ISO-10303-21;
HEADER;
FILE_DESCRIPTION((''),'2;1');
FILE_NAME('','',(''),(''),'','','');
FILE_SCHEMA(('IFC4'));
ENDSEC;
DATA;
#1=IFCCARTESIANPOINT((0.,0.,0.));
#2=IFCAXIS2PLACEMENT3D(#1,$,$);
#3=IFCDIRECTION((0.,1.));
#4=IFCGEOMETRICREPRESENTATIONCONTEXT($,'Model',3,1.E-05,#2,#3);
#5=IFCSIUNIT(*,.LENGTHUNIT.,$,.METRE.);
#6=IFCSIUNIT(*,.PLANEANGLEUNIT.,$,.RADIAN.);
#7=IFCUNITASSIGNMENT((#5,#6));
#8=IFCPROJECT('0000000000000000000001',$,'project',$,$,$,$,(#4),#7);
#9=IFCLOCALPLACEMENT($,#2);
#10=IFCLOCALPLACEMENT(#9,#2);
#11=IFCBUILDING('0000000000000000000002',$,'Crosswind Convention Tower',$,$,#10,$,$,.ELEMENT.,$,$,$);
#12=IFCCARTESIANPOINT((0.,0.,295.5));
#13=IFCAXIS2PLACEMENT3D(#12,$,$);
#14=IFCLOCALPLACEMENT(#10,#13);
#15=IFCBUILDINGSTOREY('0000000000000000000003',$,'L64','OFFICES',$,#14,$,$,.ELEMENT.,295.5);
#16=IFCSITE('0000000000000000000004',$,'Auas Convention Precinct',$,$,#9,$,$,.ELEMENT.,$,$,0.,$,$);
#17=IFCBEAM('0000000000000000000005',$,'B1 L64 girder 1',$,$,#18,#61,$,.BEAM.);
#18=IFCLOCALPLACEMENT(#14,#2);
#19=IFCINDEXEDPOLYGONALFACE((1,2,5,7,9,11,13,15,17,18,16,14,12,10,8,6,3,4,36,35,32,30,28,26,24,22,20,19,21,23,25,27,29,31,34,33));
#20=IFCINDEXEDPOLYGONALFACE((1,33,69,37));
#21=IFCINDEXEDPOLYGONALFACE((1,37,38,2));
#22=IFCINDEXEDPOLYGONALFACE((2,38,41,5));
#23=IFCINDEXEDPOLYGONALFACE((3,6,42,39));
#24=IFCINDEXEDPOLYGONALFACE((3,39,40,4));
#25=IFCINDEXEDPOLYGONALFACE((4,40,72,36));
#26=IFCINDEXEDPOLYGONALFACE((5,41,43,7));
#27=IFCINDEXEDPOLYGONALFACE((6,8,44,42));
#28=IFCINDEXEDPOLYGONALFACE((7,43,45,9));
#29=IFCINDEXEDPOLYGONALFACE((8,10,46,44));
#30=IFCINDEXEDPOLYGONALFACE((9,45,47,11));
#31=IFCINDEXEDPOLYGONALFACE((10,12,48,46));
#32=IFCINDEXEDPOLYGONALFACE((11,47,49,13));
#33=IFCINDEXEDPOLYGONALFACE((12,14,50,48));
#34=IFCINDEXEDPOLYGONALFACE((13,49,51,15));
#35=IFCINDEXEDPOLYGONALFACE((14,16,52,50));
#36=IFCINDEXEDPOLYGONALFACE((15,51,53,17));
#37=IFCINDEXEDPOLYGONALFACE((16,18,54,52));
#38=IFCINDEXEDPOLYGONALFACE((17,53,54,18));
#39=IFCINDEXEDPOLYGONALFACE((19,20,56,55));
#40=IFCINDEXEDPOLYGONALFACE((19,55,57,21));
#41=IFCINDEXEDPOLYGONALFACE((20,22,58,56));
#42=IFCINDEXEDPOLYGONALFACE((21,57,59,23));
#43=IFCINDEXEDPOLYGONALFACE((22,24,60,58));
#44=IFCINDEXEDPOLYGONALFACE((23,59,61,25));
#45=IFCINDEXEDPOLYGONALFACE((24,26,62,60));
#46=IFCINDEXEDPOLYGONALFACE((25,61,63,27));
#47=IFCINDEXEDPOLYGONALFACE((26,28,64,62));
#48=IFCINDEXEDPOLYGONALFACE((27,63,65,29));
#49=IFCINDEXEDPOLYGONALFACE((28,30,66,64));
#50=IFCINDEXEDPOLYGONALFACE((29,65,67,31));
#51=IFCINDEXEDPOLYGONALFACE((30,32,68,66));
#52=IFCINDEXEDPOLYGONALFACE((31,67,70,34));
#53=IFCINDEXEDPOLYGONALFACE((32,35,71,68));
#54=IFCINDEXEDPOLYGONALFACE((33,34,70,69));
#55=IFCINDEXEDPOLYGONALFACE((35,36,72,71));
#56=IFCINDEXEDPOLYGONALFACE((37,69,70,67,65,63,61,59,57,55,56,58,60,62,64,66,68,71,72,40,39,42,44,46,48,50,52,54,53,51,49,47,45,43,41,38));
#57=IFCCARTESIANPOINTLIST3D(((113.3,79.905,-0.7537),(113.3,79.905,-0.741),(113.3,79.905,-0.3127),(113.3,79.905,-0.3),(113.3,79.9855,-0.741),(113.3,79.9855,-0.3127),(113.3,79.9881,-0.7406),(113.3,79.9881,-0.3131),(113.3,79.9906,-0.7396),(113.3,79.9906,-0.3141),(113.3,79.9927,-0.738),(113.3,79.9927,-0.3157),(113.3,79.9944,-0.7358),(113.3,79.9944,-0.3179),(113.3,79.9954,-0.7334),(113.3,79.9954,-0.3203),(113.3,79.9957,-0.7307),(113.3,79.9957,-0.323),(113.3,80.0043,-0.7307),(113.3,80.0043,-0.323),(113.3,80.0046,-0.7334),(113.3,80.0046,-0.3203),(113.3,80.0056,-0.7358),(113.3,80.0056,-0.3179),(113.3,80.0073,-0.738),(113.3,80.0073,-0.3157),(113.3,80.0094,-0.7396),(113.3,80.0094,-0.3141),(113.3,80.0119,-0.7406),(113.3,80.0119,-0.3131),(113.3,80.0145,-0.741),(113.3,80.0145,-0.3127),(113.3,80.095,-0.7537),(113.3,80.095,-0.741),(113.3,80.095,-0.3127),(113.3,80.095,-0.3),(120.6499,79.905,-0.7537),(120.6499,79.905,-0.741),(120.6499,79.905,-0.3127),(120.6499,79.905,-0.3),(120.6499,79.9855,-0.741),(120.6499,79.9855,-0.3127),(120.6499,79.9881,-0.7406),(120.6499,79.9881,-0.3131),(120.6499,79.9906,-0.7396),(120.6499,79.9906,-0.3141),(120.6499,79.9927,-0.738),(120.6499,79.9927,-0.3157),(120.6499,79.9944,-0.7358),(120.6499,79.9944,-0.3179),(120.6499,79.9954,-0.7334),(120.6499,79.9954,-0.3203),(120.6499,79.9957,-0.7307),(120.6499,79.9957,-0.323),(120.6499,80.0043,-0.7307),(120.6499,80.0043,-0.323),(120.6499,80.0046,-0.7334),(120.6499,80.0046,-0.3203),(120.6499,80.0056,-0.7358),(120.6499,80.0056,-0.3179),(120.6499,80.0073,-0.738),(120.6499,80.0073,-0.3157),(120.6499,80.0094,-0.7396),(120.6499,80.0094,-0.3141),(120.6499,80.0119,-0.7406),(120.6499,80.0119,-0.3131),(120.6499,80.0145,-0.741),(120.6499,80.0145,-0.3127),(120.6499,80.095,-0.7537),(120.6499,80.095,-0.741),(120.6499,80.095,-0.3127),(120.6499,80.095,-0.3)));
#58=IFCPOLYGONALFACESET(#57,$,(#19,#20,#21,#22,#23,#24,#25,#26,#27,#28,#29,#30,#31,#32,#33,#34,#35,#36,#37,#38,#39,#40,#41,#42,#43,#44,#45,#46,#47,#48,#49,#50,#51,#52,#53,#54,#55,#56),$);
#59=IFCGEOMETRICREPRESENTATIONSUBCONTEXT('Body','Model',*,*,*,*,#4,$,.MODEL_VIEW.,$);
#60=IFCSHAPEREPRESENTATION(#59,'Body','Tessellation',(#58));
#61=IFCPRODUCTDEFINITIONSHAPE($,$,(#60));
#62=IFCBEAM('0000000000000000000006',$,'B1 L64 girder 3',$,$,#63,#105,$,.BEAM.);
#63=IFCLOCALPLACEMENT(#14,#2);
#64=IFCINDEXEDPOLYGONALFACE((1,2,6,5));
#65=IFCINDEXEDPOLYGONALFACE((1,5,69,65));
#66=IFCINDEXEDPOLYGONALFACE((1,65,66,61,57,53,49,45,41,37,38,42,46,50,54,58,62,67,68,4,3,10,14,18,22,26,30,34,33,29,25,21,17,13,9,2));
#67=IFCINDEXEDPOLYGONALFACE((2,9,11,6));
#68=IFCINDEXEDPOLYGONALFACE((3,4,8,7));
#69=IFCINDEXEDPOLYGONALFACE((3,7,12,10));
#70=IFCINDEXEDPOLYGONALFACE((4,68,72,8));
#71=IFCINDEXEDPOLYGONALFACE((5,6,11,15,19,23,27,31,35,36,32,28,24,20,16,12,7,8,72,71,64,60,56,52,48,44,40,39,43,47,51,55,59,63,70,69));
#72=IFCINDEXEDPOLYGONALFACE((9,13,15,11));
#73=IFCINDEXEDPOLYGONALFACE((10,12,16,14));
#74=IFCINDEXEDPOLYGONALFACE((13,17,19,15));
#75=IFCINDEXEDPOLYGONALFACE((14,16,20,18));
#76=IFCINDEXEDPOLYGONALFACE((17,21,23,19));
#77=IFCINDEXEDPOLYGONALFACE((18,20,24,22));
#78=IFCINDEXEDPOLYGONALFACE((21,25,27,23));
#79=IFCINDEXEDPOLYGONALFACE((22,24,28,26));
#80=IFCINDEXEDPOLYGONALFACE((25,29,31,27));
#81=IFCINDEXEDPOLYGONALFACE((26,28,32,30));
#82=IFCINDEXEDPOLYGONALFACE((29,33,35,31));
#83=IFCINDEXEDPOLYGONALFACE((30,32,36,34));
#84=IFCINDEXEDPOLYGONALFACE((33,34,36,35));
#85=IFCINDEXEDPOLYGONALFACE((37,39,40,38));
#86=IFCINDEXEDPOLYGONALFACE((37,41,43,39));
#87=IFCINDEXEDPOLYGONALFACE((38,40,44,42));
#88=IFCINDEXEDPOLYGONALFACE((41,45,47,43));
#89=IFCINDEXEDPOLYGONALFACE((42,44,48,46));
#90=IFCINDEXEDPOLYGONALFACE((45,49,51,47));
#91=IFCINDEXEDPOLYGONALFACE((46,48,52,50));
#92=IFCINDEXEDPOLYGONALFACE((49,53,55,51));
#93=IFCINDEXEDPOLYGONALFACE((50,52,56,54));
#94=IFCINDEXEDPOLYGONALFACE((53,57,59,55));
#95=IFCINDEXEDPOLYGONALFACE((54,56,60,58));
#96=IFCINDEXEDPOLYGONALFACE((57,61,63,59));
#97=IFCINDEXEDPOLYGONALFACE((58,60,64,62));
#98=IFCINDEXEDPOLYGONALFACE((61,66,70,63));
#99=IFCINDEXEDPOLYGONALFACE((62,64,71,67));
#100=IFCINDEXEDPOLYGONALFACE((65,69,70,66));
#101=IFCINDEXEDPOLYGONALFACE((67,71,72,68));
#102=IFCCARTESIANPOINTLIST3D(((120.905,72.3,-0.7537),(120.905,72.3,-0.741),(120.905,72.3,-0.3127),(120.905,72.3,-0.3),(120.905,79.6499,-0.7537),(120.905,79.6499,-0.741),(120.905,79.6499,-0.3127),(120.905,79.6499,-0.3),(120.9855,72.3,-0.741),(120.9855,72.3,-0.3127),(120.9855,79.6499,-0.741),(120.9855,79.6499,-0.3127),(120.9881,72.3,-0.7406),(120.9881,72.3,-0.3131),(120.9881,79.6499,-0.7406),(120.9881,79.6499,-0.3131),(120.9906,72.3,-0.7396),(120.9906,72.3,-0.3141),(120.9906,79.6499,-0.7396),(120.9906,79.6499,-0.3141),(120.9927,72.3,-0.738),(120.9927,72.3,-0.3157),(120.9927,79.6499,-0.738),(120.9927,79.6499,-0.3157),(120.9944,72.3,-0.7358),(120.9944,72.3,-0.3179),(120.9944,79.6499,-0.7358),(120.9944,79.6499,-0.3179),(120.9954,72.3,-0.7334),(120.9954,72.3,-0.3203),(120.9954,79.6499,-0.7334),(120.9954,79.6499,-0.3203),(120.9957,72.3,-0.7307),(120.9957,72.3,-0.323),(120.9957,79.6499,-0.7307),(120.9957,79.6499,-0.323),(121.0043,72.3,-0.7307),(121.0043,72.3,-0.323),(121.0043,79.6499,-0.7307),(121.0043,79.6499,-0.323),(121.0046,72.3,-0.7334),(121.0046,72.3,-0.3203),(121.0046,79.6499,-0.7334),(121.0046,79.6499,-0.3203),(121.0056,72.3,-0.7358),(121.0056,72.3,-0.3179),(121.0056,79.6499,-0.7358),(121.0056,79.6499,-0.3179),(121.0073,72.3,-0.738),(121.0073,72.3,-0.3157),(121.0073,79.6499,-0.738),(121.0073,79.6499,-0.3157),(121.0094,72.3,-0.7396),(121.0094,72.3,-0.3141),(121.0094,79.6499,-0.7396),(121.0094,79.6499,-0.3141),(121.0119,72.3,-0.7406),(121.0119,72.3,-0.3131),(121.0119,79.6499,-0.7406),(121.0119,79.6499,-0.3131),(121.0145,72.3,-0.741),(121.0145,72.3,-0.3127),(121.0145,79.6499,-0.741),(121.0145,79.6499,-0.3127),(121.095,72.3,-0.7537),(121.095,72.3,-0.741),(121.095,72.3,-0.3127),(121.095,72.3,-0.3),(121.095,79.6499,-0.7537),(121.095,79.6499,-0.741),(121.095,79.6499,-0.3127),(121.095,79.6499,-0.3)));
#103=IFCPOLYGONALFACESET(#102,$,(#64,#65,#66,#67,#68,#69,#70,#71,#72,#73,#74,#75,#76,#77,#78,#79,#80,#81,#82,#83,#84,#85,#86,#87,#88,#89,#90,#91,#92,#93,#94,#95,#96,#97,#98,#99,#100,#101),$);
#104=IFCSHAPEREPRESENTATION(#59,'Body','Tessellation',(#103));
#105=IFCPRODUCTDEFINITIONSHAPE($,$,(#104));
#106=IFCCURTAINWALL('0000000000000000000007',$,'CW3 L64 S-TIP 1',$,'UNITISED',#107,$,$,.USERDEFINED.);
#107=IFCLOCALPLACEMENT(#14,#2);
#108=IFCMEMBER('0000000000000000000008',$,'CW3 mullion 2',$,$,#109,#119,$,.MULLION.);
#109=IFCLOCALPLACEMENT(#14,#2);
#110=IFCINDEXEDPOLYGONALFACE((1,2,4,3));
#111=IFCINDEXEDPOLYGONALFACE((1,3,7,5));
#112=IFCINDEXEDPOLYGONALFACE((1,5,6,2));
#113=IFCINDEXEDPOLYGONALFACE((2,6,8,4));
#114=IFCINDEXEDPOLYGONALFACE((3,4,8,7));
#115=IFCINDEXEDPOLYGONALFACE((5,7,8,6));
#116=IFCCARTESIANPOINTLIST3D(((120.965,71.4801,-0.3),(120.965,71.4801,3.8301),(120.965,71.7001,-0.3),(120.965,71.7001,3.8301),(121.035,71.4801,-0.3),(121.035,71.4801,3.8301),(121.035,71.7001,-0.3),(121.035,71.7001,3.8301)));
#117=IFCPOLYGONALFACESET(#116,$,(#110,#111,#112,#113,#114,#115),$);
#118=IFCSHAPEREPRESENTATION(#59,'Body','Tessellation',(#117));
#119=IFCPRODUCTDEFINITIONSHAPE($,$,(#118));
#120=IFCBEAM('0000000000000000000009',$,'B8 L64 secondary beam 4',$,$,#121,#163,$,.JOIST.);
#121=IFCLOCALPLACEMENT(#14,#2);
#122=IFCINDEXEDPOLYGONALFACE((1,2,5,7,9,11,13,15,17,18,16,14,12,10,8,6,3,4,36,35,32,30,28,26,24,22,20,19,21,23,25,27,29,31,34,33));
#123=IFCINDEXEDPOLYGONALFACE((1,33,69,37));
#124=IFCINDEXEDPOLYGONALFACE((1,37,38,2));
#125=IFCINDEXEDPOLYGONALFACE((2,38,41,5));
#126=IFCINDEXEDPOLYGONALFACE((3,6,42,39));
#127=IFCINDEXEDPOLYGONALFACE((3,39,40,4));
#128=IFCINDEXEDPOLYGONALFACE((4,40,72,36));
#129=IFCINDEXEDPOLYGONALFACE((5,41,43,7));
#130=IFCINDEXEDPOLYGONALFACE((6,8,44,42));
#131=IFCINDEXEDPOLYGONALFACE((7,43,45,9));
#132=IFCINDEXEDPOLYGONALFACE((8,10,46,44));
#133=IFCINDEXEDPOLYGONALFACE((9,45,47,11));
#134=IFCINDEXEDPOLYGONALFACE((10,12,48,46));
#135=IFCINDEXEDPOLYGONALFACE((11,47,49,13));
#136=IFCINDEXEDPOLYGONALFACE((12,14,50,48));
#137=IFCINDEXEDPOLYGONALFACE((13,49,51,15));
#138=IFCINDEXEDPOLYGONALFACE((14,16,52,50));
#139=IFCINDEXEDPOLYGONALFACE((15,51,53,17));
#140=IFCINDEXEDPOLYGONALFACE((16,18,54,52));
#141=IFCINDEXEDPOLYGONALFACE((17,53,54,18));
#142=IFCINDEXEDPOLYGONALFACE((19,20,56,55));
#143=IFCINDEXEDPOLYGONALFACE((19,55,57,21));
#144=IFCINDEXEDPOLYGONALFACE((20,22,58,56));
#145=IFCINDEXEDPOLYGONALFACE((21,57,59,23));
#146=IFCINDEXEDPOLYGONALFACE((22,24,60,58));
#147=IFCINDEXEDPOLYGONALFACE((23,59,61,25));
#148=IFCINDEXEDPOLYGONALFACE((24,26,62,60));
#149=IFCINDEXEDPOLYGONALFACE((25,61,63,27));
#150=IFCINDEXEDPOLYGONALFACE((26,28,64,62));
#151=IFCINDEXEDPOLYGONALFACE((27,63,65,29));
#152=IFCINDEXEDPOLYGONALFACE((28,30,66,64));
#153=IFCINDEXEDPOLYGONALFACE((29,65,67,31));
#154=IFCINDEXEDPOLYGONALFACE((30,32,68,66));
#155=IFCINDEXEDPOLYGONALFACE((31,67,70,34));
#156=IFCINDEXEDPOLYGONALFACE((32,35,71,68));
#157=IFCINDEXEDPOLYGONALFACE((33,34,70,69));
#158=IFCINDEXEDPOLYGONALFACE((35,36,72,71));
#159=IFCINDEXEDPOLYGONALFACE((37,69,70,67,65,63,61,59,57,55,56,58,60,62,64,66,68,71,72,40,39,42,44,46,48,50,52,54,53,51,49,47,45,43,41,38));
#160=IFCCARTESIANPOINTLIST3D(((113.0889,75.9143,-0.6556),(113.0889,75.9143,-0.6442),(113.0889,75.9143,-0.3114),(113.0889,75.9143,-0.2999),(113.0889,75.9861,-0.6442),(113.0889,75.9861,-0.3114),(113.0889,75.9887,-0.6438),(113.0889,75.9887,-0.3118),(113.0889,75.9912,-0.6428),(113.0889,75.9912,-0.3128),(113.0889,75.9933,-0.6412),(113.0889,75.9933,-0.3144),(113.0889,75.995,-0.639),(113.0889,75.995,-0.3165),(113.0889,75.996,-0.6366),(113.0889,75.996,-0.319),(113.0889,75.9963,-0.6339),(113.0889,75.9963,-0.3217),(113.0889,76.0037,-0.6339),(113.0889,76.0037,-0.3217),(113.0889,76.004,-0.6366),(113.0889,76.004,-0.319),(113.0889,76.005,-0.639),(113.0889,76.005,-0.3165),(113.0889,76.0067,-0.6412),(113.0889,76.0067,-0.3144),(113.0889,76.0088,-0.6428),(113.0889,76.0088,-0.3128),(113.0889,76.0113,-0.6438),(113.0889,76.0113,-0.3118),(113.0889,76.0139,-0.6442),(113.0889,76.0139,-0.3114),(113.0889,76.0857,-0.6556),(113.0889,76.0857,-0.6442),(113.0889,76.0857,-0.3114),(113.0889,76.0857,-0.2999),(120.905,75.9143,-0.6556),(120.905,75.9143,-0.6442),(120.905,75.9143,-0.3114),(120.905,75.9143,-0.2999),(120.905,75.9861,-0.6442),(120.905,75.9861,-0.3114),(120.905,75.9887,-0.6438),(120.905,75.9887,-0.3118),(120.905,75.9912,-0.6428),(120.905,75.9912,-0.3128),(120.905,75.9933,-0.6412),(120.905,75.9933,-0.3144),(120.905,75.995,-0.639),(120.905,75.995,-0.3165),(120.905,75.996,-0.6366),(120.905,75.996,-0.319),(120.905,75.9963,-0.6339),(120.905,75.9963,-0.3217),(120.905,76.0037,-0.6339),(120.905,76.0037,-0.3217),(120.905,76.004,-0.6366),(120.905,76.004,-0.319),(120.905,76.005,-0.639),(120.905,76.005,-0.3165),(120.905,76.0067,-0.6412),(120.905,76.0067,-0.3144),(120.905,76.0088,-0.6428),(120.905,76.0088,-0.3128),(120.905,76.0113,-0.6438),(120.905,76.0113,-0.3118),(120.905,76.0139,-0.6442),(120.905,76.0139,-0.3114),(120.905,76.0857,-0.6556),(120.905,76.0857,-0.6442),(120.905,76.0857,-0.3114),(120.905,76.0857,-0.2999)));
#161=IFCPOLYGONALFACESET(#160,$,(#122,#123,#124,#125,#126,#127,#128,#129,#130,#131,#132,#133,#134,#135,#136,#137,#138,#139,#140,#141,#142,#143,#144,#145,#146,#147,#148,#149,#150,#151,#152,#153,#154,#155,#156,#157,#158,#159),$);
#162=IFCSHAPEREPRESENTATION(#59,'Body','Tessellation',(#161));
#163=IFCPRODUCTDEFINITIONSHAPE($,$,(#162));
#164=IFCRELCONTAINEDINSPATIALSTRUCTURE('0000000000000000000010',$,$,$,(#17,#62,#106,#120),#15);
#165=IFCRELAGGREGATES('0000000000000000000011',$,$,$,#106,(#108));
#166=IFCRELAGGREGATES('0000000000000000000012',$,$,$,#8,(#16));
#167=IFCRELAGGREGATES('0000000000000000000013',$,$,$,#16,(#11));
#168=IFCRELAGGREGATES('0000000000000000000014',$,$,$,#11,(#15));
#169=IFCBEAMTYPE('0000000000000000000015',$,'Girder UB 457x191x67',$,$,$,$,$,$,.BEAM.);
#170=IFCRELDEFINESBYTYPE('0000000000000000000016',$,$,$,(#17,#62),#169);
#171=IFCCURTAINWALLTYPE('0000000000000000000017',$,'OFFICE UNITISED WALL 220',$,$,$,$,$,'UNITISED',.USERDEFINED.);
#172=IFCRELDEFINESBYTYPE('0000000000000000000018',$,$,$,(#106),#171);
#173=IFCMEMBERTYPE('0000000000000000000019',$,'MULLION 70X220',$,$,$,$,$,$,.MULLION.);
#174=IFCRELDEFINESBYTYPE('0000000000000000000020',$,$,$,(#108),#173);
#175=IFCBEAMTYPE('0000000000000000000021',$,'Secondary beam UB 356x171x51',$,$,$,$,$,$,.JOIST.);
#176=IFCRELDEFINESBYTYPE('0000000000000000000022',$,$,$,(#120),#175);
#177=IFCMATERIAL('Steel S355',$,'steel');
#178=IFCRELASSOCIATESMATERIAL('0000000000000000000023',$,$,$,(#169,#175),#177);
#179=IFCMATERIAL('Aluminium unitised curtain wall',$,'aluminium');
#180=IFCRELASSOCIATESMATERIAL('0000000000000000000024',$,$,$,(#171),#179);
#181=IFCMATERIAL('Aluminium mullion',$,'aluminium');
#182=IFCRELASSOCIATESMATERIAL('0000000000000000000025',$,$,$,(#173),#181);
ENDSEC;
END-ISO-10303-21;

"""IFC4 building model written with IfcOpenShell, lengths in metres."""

from ifc_helpers import new_model, si_unit, direction, frame, origin, origin_2d, place, context, subcontext, project, spatial, rectangle, i_section, extrude, material, material_profile, profile_set, type_object, element, aggregate, save


model = new_model("IFC4")

# Units and contexts
model_context = context("Model", 3, precision=1e-05, world=origin(), true_north=direction((0.0, 1.0)))
body_context = subcontext(model_context, "Body", "Model", "MODEL_VIEW")
ifc_project = project(units=[si_unit("LENGTHUNIT", "METRE"), si_unit("PLANEANGLEUNIT", "RADIAN")], contexts=[model_context])

# Site, building, storey
site_placement = place(None, origin())
site = spatial("IfcSite", under=ifc_project, at=site_placement, Name="Auas Convention Precinct", CompositionType="ELEMENT", RefElevation=0.0)
building_placement = place(site_placement, origin())
building = spatial("IfcBuilding", under=site, at=building_placement, Name="Crosswind Convention Tower", CompositionType="ELEMENT")
storey_placement = place(building_placement, frame((0.0, 0.0, 295.5)))
storey = spatial("IfcBuildingStorey", under=building, at=storey_placement, Name="L64", Description="OFFICES", CompositionType="ELEMENT", Elevation=295.5)

# Beams
ifc_material_1 = material(Name="Steel S355", Category="steel")
ifc_material_profile_1 = material_profile(ifc_material_1, i_section(OverallWidth=0.1899, OverallDepth=0.4536, WebThickness=0.0085, FlangeThickness=0.0127, FilletRadius=0.0103, at=origin_2d()), Name="UB 457x191x67")
ifc_profile_set_1 = profile_set([ifc_material_profile_1], Name="Steel S355")
beam_type_1 = type_object("IfcBeamType", Name="Girder UB 457x191x67", PredefinedType="BEAM", material=ifc_profile_set_1)
for number, where, z_axis, x_axis, name in (
    (1, (113.3, 80.0, -0.5269), (1.0, 0.0, 0.0), (0.0, 1.0, 0.0), "B1 L64 girder 1"),
    (2, (121.0, 72.3, -0.5269), (0.0, 1.0, 0.0), (-1.0, 0.0, 0.0), "B1 L64 girder 3"),
):
    element("IfcBeam", number, at=place(storey_placement, frame(where, z_axis=z_axis, x_axis=x_axis)), inside=storey, type_object=beam_type_1, Name=name, PredefinedType="BEAM", context=body_context, shape_type="SweptSolid", body=[
        extrude(i_section(OverallWidth=0.1899, OverallDepth=0.4536, WebThickness=0.0085, FlangeThickness=0.0127, FilletRadius=0.0103, at=origin_2d()), origin(), (0.0, 0.0, 1.0), 7.3499),
    ])

# Curtain wall, member
ifc_material_2 = material(Name="Aluminium unitised curtain wall", Category="aluminium")
curtain_wall_type = type_object("IfcCurtainWallType", Name="OFFICE UNITISED WALL 220", ElementType="UNITISED", PredefinedType="USERDEFINED", material=ifc_material_2)
curtain_wall_placement = place(storey_placement, origin())
curtain_wall = element("IfcCurtainWall", 3, at=curtain_wall_placement, inside=storey, type_object=curtain_wall_type, Name="CW3 L64 S-TIP 1", ObjectType="UNITISED", PredefinedType="USERDEFINED")
ifc_material_3 = material(Name="Aluminium mullion", Category="aluminium")
ifc_material_profile_2 = material_profile(ifc_material_3, rectangle(XDim=0.22, YDim=0.0701, at=origin_2d()), Name="AL 220X70")
ifc_profile_set_2 = profile_set([ifc_material_profile_2], Name="Aluminium mullion")
member_type = type_object("IfcMemberType", Name="MULLION 70X220", PredefinedType="MULLION", material=ifc_profile_set_2)
member_placement = place(storey_placement, frame((121.0, 71.5901, -0.3), z_axis=(0.0, 0.0, 1.0), x_axis=(0.0, -1.0, 0.0)))
member = element("IfcMember", 4, at=member_placement, type_object=member_type, Name="CW3 mullion 2", PredefinedType="MULLION", context=body_context, shape_type="SweptSolid", body=[
    extrude(rectangle(XDim=0.22, YDim=0.0701, at=origin_2d()), origin(), (0.0, 0.0, 1.0), 4.1301),
])

# Beam
ifc_material_profile_3 = material_profile(ifc_material_1, i_section(OverallWidth=0.1714, OverallDepth=0.3557, WebThickness=0.0073, FlangeThickness=0.0115, FilletRadius=0.0103, at=origin_2d()), Name="UB 356x171x51")
ifc_profile_set_3 = profile_set([ifc_material_profile_3], Name="Steel S355")
beam_type_2 = type_object("IfcBeamType", Name="Secondary beam UB 356x171x51", PredefinedType="JOIST", material=ifc_profile_set_3)
beam_1_placement = place(storey_placement, frame((113.0889, 76.0, -0.4778), z_axis=(1.0, 0.0, 0.0), x_axis=(0.0, 1.0, 0.0)))
element("IfcBeam", 5, at=beam_1_placement, inside=storey, type_object=beam_type_2, Name="B8 L64 secondary beam 4", PredefinedType="JOIST", context=body_context, shape_type="SweptSolid", body=[
    extrude(i_section(OverallWidth=0.1714, OverallDepth=0.3557, WebThickness=0.0073, FlangeThickness=0.0115, FilletRadius=0.0103, at=origin_2d()), origin(), (0.0, 0.0, 1.0), 7.8162),
])

aggregate(curtain_wall, [member])

save(model, "model.ifc")
